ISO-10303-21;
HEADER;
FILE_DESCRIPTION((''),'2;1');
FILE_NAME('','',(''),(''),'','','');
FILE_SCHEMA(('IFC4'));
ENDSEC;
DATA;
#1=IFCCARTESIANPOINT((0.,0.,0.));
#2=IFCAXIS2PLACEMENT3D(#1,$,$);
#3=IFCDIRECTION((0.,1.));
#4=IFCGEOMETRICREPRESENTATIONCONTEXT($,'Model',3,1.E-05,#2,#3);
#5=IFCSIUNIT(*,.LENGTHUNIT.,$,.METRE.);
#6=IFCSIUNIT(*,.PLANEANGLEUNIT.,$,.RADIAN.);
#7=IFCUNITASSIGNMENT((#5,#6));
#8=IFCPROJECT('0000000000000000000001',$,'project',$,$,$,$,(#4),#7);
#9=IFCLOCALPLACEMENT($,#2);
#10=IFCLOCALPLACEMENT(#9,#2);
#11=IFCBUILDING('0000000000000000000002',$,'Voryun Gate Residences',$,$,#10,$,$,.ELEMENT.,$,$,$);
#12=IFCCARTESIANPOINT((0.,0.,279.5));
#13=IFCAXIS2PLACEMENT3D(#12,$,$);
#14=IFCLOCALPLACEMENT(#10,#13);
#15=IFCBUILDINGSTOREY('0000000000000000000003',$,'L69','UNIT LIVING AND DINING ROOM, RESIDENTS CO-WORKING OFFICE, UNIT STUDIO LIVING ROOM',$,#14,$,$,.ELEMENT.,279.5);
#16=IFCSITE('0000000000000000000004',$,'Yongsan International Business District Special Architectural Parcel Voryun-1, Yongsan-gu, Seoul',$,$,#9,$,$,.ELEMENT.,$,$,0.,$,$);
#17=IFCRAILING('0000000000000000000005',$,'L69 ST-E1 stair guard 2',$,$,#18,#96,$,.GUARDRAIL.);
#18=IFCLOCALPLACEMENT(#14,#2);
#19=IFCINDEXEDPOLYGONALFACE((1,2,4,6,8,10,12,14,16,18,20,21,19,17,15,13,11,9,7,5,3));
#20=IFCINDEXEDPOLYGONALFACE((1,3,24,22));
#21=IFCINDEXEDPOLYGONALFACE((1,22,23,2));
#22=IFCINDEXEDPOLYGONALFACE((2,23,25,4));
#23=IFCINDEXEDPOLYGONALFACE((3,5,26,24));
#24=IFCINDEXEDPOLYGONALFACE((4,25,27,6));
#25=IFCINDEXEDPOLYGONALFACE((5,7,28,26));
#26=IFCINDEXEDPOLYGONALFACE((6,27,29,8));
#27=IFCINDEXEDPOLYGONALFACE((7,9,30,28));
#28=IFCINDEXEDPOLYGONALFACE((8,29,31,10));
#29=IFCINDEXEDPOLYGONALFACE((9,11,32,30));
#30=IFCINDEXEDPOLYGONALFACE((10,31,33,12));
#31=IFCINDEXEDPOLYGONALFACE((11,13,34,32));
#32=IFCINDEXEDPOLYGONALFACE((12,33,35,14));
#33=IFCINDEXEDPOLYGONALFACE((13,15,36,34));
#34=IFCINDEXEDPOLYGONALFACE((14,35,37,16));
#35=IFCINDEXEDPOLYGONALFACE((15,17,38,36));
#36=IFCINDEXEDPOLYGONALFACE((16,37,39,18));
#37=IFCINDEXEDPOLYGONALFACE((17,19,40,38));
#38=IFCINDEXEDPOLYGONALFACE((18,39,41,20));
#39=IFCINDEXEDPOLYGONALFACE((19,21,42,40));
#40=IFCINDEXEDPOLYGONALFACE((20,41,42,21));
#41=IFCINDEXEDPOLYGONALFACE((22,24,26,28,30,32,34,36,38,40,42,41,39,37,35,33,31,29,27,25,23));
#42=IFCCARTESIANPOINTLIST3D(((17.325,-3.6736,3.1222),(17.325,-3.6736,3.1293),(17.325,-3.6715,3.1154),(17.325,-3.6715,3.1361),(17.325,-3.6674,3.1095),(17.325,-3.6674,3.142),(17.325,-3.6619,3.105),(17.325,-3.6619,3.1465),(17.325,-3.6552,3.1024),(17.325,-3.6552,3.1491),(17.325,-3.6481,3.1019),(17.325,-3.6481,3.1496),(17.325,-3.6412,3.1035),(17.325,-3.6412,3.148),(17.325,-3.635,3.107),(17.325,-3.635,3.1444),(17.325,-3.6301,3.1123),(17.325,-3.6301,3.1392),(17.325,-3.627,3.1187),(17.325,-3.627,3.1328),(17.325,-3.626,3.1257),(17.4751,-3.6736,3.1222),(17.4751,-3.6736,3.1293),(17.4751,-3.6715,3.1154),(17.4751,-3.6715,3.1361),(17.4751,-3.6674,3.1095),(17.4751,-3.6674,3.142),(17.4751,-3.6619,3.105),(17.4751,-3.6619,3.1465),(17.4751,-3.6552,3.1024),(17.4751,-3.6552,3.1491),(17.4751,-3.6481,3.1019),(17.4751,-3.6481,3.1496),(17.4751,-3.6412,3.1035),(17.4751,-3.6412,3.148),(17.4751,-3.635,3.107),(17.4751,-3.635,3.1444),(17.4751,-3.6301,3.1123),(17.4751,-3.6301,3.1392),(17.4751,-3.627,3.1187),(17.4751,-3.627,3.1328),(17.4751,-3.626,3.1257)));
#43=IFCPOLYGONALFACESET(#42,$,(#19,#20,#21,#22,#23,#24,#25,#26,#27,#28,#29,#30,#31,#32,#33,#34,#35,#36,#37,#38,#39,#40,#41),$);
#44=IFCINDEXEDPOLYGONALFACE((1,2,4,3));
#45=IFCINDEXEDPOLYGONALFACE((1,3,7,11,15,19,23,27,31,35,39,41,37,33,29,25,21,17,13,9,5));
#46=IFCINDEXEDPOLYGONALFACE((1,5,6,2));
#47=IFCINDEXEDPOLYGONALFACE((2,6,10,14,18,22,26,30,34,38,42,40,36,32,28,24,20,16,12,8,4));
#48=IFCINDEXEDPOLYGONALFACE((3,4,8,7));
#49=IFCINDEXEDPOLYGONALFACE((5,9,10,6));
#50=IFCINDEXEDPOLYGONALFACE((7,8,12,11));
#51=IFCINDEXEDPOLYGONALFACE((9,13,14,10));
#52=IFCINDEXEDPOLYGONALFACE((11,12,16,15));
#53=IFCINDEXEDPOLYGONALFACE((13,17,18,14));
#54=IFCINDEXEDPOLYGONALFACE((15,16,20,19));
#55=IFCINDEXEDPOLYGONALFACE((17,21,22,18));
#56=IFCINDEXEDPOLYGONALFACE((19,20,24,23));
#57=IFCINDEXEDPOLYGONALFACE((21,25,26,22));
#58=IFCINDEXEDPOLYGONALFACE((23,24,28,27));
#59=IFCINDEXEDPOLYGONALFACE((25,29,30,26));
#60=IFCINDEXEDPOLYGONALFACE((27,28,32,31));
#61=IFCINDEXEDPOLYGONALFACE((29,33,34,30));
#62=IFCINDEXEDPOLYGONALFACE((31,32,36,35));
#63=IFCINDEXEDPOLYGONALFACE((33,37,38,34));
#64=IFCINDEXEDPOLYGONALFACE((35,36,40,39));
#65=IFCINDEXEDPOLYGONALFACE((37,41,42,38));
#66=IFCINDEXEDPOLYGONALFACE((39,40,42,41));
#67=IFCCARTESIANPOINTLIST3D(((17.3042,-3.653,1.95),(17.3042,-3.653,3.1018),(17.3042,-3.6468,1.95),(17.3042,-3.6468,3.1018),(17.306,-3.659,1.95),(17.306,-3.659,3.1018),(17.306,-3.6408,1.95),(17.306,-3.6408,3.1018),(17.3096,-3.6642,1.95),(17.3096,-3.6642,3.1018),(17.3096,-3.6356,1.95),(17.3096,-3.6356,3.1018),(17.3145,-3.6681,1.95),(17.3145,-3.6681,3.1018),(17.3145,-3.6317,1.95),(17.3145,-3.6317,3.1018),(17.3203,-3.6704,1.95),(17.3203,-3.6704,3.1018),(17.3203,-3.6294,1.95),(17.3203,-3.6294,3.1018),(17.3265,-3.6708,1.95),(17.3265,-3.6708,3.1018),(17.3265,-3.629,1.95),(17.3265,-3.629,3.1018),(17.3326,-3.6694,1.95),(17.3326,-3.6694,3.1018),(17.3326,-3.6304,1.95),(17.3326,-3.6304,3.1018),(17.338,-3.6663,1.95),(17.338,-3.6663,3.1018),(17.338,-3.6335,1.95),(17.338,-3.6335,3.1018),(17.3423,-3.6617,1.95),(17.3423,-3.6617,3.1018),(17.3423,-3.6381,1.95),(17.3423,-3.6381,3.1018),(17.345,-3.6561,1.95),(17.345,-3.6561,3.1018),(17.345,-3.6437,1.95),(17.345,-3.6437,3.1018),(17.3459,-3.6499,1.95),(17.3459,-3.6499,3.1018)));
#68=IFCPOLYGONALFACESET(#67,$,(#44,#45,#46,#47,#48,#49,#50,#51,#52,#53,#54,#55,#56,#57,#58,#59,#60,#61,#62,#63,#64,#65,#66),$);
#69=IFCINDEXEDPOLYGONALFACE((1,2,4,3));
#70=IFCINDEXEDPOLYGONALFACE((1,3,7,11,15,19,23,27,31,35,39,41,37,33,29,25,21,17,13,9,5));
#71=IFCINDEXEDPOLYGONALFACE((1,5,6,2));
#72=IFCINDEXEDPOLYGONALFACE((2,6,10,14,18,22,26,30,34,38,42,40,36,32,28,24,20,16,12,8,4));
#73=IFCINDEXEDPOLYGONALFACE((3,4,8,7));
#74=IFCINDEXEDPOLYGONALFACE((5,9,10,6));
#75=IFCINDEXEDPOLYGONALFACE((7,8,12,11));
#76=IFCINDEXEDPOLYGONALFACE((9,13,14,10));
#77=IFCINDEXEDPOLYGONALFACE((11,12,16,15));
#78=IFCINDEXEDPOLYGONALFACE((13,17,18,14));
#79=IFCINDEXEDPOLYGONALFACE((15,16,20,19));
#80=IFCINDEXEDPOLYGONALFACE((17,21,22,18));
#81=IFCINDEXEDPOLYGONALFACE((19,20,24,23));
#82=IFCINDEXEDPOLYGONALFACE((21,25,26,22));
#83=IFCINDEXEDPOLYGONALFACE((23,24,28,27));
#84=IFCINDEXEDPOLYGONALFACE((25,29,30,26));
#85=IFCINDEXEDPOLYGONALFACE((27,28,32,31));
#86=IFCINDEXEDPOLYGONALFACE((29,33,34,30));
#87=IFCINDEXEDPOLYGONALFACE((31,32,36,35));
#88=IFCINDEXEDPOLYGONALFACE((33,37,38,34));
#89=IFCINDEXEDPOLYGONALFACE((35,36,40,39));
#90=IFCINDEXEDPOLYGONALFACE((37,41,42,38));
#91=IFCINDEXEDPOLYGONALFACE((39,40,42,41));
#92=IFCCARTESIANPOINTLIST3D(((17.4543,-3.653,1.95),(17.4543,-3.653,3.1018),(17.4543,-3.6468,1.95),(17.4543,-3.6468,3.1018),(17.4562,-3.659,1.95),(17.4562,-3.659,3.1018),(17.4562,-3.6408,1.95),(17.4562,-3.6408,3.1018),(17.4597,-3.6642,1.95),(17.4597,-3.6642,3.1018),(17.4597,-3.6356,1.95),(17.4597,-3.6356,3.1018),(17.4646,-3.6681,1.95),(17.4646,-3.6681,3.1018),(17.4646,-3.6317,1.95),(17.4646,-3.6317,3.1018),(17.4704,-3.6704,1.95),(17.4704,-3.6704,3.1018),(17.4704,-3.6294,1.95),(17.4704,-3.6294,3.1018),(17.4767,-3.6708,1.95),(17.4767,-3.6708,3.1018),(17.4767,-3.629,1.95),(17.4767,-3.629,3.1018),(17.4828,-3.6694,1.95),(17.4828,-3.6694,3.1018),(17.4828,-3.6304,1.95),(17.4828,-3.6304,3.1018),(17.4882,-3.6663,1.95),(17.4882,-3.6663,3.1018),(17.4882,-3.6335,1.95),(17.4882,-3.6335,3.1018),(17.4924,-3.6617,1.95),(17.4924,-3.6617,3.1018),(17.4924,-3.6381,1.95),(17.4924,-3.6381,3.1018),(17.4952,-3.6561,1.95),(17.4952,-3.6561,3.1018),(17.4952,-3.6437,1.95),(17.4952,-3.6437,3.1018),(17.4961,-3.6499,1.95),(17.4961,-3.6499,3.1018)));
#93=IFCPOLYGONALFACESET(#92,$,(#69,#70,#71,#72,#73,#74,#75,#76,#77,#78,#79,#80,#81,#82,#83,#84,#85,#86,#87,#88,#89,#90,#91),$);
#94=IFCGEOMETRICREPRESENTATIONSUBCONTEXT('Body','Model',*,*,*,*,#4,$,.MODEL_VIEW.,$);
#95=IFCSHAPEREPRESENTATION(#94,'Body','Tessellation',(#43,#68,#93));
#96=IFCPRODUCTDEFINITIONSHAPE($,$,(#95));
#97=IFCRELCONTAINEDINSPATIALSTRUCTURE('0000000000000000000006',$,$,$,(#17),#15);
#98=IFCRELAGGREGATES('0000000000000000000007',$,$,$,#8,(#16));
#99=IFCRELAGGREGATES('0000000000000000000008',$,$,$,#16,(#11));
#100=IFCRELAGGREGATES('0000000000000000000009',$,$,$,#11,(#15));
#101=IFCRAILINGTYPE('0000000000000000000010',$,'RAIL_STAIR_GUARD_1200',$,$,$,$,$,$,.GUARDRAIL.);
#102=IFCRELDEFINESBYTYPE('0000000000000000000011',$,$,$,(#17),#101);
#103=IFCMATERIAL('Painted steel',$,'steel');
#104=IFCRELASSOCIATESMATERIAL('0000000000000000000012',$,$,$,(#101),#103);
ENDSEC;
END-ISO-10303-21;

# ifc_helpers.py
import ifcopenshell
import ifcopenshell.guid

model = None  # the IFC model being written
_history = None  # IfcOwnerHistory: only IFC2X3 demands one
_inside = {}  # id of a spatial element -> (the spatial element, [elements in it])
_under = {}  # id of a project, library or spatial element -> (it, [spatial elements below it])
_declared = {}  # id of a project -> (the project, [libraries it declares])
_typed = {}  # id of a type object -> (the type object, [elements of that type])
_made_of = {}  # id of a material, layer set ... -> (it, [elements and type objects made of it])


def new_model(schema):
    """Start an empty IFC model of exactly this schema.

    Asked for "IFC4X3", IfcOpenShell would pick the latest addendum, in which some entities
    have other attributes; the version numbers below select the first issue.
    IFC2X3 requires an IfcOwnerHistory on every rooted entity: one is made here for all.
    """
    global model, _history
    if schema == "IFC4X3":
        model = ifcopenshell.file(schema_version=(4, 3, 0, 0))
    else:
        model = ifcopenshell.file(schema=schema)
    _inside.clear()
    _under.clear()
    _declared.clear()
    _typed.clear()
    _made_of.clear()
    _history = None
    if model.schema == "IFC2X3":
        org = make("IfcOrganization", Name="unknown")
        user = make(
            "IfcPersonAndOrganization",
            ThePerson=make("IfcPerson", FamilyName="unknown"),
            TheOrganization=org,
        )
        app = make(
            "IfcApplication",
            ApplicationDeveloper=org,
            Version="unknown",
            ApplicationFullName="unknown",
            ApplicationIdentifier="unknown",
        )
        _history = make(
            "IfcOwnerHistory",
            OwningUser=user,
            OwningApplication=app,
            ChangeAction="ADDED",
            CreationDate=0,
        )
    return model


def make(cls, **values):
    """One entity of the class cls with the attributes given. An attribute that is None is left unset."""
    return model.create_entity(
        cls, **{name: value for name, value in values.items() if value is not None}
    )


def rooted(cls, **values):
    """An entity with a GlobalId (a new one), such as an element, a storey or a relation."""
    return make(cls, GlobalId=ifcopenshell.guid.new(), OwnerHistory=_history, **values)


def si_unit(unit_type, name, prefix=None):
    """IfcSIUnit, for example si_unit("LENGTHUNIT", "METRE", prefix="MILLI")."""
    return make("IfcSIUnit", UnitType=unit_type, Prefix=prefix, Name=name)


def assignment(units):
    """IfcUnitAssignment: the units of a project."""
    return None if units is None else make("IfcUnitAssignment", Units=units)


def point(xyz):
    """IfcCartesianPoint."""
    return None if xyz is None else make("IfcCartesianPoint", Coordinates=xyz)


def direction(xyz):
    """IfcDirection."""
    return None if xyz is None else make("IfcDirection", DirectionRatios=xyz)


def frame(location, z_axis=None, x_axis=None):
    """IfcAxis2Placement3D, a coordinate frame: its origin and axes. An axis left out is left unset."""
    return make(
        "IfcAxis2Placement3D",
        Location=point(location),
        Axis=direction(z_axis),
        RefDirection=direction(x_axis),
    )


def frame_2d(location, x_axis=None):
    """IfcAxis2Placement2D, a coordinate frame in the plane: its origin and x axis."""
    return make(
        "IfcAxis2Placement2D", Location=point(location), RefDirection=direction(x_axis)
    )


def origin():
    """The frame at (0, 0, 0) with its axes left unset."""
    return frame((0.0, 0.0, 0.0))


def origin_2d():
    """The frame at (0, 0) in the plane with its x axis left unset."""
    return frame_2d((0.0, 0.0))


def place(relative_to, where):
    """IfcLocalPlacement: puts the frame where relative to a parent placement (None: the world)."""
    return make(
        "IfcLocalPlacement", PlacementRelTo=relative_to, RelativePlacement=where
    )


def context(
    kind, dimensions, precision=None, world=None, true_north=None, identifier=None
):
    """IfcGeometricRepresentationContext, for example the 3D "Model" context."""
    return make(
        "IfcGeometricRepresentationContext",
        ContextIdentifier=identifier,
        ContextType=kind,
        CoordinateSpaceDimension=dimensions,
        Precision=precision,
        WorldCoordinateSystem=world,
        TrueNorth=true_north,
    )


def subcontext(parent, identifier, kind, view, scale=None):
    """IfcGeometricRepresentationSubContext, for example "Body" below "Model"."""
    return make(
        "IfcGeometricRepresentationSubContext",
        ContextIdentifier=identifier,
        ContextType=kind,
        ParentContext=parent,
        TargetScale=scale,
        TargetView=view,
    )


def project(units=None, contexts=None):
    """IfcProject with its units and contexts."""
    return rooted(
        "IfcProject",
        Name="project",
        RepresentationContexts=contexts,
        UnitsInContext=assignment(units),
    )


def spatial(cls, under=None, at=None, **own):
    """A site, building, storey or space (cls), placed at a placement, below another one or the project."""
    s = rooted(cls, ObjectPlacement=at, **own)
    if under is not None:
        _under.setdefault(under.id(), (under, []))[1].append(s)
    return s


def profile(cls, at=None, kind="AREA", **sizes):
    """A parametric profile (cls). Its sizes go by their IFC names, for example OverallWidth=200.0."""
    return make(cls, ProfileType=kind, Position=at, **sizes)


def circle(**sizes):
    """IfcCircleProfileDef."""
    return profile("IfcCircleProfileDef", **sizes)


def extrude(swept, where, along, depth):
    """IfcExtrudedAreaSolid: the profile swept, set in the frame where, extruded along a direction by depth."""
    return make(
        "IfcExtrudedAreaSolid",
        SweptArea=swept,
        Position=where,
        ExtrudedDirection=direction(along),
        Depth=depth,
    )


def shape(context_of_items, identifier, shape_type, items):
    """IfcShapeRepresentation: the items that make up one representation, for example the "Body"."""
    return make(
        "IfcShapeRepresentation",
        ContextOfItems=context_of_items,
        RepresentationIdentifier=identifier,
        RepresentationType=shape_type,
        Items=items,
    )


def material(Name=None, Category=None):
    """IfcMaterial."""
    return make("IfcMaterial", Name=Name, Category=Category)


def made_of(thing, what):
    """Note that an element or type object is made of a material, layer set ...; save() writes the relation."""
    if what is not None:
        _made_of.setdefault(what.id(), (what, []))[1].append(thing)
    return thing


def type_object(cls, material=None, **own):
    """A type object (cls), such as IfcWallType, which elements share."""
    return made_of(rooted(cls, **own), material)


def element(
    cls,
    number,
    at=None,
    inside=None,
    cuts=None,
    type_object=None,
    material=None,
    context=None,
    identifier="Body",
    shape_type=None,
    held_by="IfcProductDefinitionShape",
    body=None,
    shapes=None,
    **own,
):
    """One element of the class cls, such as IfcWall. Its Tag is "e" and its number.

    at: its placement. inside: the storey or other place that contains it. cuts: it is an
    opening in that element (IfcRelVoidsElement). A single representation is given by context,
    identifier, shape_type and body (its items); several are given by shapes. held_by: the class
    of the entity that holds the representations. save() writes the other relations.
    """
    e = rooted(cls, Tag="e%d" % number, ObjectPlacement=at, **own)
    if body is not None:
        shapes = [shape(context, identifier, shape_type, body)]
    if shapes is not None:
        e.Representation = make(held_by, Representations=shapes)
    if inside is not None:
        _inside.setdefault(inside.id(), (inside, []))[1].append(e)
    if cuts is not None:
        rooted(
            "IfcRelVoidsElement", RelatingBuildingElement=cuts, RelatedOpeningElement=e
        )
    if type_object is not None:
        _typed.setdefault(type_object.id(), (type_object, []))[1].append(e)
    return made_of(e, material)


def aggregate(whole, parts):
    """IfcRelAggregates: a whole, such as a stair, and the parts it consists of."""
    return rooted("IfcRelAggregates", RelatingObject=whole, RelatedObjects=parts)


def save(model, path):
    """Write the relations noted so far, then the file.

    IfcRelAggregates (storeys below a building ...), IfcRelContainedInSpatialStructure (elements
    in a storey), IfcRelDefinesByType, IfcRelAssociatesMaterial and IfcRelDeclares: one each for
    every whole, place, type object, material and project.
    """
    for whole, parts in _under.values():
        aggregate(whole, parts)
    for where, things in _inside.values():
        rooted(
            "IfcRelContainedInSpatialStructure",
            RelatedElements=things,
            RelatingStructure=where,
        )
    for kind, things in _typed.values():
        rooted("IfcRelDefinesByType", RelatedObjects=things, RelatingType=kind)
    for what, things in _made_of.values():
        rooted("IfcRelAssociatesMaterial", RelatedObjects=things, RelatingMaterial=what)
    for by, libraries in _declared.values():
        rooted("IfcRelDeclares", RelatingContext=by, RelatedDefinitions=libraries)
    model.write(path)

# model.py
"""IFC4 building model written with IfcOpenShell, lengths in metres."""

from ifc_helpers import new_model, si_unit, direction, frame, origin, origin_2d, place, context, subcontext, project, spatial, circle, extrude, material, type_object, element, save


model = new_model("IFC4")

# Units and contexts
model_context = context("Model", 3, precision=1e-05, world=origin(), true_north=direction((0.0, 1.0)))
body_context = subcontext(model_context, "Body", "Model", "MODEL_VIEW")
ifc_project = project(units=[si_unit("LENGTHUNIT", "METRE"), si_unit("PLANEANGLEUNIT", "RADIAN")], contexts=[model_context])

# Site, building, storey
site_placement = place(None, origin())
site = spatial("IfcSite", under=ifc_project, at=site_placement, Name="Yongsan International Business District Special Architectural Parcel Voryun-1, Yongsan-gu, Seoul", CompositionType="ELEMENT", RefElevation=0.0)
building_placement = place(site_placement, origin())
building = spatial("IfcBuilding", under=site, at=building_placement, Name="Voryun Gate Residences", CompositionType="ELEMENT")
storey_placement = place(building_placement, frame((0.0, 0.0, 279.5)))
storey = spatial("IfcBuildingStorey", under=building, at=storey_placement, Name="L69", Description="UNIT LIVING AND DINING ROOM, RESIDENTS CO-WORKING OFFICE, UNIT STUDIO LIVING ROOM", CompositionType="ELEMENT", Elevation=279.5)

# Railing
ifc_material_1 = material(Name="Painted steel", Category="steel")
railing_type_1 = type_object("IfcRailingType", Name="RAIL_STAIR_GUARD_1200", PredefinedType="GUARDRAIL", material=ifc_material_1)
railing_1_placement = place(storey_placement, frame((17.325, -3.6499, 1.95)))
element("IfcRailing", 1, at=railing_1_placement, inside=storey, type_object=railing_type_1, Name="L69 ST-E1 stair guard 2", PredefinedType="GUARDRAIL", context=body_context, shape_type="SweptSolid", body=[
    extrude(circle(Radius=0.0239, at=origin_2d()), frame((0.0, 0.0, 1.1758), z_axis=(1.0, 0.0, 0.0), x_axis=(0.0, 1.0, 0.0)), (0.0, 0.0, 1.0), 0.1501),
    extrude(circle(Radius=0.021, at=origin_2d()), origin(), (0.0, 0.0, 1.0), 1.1519),
    extrude(circle(Radius=0.021, at=origin_2d()), frame((0.1501, 0.0, 0.0)), (0.0, 0.0, 1.0), 1.1519),
])

save(model, "model.ifc")
